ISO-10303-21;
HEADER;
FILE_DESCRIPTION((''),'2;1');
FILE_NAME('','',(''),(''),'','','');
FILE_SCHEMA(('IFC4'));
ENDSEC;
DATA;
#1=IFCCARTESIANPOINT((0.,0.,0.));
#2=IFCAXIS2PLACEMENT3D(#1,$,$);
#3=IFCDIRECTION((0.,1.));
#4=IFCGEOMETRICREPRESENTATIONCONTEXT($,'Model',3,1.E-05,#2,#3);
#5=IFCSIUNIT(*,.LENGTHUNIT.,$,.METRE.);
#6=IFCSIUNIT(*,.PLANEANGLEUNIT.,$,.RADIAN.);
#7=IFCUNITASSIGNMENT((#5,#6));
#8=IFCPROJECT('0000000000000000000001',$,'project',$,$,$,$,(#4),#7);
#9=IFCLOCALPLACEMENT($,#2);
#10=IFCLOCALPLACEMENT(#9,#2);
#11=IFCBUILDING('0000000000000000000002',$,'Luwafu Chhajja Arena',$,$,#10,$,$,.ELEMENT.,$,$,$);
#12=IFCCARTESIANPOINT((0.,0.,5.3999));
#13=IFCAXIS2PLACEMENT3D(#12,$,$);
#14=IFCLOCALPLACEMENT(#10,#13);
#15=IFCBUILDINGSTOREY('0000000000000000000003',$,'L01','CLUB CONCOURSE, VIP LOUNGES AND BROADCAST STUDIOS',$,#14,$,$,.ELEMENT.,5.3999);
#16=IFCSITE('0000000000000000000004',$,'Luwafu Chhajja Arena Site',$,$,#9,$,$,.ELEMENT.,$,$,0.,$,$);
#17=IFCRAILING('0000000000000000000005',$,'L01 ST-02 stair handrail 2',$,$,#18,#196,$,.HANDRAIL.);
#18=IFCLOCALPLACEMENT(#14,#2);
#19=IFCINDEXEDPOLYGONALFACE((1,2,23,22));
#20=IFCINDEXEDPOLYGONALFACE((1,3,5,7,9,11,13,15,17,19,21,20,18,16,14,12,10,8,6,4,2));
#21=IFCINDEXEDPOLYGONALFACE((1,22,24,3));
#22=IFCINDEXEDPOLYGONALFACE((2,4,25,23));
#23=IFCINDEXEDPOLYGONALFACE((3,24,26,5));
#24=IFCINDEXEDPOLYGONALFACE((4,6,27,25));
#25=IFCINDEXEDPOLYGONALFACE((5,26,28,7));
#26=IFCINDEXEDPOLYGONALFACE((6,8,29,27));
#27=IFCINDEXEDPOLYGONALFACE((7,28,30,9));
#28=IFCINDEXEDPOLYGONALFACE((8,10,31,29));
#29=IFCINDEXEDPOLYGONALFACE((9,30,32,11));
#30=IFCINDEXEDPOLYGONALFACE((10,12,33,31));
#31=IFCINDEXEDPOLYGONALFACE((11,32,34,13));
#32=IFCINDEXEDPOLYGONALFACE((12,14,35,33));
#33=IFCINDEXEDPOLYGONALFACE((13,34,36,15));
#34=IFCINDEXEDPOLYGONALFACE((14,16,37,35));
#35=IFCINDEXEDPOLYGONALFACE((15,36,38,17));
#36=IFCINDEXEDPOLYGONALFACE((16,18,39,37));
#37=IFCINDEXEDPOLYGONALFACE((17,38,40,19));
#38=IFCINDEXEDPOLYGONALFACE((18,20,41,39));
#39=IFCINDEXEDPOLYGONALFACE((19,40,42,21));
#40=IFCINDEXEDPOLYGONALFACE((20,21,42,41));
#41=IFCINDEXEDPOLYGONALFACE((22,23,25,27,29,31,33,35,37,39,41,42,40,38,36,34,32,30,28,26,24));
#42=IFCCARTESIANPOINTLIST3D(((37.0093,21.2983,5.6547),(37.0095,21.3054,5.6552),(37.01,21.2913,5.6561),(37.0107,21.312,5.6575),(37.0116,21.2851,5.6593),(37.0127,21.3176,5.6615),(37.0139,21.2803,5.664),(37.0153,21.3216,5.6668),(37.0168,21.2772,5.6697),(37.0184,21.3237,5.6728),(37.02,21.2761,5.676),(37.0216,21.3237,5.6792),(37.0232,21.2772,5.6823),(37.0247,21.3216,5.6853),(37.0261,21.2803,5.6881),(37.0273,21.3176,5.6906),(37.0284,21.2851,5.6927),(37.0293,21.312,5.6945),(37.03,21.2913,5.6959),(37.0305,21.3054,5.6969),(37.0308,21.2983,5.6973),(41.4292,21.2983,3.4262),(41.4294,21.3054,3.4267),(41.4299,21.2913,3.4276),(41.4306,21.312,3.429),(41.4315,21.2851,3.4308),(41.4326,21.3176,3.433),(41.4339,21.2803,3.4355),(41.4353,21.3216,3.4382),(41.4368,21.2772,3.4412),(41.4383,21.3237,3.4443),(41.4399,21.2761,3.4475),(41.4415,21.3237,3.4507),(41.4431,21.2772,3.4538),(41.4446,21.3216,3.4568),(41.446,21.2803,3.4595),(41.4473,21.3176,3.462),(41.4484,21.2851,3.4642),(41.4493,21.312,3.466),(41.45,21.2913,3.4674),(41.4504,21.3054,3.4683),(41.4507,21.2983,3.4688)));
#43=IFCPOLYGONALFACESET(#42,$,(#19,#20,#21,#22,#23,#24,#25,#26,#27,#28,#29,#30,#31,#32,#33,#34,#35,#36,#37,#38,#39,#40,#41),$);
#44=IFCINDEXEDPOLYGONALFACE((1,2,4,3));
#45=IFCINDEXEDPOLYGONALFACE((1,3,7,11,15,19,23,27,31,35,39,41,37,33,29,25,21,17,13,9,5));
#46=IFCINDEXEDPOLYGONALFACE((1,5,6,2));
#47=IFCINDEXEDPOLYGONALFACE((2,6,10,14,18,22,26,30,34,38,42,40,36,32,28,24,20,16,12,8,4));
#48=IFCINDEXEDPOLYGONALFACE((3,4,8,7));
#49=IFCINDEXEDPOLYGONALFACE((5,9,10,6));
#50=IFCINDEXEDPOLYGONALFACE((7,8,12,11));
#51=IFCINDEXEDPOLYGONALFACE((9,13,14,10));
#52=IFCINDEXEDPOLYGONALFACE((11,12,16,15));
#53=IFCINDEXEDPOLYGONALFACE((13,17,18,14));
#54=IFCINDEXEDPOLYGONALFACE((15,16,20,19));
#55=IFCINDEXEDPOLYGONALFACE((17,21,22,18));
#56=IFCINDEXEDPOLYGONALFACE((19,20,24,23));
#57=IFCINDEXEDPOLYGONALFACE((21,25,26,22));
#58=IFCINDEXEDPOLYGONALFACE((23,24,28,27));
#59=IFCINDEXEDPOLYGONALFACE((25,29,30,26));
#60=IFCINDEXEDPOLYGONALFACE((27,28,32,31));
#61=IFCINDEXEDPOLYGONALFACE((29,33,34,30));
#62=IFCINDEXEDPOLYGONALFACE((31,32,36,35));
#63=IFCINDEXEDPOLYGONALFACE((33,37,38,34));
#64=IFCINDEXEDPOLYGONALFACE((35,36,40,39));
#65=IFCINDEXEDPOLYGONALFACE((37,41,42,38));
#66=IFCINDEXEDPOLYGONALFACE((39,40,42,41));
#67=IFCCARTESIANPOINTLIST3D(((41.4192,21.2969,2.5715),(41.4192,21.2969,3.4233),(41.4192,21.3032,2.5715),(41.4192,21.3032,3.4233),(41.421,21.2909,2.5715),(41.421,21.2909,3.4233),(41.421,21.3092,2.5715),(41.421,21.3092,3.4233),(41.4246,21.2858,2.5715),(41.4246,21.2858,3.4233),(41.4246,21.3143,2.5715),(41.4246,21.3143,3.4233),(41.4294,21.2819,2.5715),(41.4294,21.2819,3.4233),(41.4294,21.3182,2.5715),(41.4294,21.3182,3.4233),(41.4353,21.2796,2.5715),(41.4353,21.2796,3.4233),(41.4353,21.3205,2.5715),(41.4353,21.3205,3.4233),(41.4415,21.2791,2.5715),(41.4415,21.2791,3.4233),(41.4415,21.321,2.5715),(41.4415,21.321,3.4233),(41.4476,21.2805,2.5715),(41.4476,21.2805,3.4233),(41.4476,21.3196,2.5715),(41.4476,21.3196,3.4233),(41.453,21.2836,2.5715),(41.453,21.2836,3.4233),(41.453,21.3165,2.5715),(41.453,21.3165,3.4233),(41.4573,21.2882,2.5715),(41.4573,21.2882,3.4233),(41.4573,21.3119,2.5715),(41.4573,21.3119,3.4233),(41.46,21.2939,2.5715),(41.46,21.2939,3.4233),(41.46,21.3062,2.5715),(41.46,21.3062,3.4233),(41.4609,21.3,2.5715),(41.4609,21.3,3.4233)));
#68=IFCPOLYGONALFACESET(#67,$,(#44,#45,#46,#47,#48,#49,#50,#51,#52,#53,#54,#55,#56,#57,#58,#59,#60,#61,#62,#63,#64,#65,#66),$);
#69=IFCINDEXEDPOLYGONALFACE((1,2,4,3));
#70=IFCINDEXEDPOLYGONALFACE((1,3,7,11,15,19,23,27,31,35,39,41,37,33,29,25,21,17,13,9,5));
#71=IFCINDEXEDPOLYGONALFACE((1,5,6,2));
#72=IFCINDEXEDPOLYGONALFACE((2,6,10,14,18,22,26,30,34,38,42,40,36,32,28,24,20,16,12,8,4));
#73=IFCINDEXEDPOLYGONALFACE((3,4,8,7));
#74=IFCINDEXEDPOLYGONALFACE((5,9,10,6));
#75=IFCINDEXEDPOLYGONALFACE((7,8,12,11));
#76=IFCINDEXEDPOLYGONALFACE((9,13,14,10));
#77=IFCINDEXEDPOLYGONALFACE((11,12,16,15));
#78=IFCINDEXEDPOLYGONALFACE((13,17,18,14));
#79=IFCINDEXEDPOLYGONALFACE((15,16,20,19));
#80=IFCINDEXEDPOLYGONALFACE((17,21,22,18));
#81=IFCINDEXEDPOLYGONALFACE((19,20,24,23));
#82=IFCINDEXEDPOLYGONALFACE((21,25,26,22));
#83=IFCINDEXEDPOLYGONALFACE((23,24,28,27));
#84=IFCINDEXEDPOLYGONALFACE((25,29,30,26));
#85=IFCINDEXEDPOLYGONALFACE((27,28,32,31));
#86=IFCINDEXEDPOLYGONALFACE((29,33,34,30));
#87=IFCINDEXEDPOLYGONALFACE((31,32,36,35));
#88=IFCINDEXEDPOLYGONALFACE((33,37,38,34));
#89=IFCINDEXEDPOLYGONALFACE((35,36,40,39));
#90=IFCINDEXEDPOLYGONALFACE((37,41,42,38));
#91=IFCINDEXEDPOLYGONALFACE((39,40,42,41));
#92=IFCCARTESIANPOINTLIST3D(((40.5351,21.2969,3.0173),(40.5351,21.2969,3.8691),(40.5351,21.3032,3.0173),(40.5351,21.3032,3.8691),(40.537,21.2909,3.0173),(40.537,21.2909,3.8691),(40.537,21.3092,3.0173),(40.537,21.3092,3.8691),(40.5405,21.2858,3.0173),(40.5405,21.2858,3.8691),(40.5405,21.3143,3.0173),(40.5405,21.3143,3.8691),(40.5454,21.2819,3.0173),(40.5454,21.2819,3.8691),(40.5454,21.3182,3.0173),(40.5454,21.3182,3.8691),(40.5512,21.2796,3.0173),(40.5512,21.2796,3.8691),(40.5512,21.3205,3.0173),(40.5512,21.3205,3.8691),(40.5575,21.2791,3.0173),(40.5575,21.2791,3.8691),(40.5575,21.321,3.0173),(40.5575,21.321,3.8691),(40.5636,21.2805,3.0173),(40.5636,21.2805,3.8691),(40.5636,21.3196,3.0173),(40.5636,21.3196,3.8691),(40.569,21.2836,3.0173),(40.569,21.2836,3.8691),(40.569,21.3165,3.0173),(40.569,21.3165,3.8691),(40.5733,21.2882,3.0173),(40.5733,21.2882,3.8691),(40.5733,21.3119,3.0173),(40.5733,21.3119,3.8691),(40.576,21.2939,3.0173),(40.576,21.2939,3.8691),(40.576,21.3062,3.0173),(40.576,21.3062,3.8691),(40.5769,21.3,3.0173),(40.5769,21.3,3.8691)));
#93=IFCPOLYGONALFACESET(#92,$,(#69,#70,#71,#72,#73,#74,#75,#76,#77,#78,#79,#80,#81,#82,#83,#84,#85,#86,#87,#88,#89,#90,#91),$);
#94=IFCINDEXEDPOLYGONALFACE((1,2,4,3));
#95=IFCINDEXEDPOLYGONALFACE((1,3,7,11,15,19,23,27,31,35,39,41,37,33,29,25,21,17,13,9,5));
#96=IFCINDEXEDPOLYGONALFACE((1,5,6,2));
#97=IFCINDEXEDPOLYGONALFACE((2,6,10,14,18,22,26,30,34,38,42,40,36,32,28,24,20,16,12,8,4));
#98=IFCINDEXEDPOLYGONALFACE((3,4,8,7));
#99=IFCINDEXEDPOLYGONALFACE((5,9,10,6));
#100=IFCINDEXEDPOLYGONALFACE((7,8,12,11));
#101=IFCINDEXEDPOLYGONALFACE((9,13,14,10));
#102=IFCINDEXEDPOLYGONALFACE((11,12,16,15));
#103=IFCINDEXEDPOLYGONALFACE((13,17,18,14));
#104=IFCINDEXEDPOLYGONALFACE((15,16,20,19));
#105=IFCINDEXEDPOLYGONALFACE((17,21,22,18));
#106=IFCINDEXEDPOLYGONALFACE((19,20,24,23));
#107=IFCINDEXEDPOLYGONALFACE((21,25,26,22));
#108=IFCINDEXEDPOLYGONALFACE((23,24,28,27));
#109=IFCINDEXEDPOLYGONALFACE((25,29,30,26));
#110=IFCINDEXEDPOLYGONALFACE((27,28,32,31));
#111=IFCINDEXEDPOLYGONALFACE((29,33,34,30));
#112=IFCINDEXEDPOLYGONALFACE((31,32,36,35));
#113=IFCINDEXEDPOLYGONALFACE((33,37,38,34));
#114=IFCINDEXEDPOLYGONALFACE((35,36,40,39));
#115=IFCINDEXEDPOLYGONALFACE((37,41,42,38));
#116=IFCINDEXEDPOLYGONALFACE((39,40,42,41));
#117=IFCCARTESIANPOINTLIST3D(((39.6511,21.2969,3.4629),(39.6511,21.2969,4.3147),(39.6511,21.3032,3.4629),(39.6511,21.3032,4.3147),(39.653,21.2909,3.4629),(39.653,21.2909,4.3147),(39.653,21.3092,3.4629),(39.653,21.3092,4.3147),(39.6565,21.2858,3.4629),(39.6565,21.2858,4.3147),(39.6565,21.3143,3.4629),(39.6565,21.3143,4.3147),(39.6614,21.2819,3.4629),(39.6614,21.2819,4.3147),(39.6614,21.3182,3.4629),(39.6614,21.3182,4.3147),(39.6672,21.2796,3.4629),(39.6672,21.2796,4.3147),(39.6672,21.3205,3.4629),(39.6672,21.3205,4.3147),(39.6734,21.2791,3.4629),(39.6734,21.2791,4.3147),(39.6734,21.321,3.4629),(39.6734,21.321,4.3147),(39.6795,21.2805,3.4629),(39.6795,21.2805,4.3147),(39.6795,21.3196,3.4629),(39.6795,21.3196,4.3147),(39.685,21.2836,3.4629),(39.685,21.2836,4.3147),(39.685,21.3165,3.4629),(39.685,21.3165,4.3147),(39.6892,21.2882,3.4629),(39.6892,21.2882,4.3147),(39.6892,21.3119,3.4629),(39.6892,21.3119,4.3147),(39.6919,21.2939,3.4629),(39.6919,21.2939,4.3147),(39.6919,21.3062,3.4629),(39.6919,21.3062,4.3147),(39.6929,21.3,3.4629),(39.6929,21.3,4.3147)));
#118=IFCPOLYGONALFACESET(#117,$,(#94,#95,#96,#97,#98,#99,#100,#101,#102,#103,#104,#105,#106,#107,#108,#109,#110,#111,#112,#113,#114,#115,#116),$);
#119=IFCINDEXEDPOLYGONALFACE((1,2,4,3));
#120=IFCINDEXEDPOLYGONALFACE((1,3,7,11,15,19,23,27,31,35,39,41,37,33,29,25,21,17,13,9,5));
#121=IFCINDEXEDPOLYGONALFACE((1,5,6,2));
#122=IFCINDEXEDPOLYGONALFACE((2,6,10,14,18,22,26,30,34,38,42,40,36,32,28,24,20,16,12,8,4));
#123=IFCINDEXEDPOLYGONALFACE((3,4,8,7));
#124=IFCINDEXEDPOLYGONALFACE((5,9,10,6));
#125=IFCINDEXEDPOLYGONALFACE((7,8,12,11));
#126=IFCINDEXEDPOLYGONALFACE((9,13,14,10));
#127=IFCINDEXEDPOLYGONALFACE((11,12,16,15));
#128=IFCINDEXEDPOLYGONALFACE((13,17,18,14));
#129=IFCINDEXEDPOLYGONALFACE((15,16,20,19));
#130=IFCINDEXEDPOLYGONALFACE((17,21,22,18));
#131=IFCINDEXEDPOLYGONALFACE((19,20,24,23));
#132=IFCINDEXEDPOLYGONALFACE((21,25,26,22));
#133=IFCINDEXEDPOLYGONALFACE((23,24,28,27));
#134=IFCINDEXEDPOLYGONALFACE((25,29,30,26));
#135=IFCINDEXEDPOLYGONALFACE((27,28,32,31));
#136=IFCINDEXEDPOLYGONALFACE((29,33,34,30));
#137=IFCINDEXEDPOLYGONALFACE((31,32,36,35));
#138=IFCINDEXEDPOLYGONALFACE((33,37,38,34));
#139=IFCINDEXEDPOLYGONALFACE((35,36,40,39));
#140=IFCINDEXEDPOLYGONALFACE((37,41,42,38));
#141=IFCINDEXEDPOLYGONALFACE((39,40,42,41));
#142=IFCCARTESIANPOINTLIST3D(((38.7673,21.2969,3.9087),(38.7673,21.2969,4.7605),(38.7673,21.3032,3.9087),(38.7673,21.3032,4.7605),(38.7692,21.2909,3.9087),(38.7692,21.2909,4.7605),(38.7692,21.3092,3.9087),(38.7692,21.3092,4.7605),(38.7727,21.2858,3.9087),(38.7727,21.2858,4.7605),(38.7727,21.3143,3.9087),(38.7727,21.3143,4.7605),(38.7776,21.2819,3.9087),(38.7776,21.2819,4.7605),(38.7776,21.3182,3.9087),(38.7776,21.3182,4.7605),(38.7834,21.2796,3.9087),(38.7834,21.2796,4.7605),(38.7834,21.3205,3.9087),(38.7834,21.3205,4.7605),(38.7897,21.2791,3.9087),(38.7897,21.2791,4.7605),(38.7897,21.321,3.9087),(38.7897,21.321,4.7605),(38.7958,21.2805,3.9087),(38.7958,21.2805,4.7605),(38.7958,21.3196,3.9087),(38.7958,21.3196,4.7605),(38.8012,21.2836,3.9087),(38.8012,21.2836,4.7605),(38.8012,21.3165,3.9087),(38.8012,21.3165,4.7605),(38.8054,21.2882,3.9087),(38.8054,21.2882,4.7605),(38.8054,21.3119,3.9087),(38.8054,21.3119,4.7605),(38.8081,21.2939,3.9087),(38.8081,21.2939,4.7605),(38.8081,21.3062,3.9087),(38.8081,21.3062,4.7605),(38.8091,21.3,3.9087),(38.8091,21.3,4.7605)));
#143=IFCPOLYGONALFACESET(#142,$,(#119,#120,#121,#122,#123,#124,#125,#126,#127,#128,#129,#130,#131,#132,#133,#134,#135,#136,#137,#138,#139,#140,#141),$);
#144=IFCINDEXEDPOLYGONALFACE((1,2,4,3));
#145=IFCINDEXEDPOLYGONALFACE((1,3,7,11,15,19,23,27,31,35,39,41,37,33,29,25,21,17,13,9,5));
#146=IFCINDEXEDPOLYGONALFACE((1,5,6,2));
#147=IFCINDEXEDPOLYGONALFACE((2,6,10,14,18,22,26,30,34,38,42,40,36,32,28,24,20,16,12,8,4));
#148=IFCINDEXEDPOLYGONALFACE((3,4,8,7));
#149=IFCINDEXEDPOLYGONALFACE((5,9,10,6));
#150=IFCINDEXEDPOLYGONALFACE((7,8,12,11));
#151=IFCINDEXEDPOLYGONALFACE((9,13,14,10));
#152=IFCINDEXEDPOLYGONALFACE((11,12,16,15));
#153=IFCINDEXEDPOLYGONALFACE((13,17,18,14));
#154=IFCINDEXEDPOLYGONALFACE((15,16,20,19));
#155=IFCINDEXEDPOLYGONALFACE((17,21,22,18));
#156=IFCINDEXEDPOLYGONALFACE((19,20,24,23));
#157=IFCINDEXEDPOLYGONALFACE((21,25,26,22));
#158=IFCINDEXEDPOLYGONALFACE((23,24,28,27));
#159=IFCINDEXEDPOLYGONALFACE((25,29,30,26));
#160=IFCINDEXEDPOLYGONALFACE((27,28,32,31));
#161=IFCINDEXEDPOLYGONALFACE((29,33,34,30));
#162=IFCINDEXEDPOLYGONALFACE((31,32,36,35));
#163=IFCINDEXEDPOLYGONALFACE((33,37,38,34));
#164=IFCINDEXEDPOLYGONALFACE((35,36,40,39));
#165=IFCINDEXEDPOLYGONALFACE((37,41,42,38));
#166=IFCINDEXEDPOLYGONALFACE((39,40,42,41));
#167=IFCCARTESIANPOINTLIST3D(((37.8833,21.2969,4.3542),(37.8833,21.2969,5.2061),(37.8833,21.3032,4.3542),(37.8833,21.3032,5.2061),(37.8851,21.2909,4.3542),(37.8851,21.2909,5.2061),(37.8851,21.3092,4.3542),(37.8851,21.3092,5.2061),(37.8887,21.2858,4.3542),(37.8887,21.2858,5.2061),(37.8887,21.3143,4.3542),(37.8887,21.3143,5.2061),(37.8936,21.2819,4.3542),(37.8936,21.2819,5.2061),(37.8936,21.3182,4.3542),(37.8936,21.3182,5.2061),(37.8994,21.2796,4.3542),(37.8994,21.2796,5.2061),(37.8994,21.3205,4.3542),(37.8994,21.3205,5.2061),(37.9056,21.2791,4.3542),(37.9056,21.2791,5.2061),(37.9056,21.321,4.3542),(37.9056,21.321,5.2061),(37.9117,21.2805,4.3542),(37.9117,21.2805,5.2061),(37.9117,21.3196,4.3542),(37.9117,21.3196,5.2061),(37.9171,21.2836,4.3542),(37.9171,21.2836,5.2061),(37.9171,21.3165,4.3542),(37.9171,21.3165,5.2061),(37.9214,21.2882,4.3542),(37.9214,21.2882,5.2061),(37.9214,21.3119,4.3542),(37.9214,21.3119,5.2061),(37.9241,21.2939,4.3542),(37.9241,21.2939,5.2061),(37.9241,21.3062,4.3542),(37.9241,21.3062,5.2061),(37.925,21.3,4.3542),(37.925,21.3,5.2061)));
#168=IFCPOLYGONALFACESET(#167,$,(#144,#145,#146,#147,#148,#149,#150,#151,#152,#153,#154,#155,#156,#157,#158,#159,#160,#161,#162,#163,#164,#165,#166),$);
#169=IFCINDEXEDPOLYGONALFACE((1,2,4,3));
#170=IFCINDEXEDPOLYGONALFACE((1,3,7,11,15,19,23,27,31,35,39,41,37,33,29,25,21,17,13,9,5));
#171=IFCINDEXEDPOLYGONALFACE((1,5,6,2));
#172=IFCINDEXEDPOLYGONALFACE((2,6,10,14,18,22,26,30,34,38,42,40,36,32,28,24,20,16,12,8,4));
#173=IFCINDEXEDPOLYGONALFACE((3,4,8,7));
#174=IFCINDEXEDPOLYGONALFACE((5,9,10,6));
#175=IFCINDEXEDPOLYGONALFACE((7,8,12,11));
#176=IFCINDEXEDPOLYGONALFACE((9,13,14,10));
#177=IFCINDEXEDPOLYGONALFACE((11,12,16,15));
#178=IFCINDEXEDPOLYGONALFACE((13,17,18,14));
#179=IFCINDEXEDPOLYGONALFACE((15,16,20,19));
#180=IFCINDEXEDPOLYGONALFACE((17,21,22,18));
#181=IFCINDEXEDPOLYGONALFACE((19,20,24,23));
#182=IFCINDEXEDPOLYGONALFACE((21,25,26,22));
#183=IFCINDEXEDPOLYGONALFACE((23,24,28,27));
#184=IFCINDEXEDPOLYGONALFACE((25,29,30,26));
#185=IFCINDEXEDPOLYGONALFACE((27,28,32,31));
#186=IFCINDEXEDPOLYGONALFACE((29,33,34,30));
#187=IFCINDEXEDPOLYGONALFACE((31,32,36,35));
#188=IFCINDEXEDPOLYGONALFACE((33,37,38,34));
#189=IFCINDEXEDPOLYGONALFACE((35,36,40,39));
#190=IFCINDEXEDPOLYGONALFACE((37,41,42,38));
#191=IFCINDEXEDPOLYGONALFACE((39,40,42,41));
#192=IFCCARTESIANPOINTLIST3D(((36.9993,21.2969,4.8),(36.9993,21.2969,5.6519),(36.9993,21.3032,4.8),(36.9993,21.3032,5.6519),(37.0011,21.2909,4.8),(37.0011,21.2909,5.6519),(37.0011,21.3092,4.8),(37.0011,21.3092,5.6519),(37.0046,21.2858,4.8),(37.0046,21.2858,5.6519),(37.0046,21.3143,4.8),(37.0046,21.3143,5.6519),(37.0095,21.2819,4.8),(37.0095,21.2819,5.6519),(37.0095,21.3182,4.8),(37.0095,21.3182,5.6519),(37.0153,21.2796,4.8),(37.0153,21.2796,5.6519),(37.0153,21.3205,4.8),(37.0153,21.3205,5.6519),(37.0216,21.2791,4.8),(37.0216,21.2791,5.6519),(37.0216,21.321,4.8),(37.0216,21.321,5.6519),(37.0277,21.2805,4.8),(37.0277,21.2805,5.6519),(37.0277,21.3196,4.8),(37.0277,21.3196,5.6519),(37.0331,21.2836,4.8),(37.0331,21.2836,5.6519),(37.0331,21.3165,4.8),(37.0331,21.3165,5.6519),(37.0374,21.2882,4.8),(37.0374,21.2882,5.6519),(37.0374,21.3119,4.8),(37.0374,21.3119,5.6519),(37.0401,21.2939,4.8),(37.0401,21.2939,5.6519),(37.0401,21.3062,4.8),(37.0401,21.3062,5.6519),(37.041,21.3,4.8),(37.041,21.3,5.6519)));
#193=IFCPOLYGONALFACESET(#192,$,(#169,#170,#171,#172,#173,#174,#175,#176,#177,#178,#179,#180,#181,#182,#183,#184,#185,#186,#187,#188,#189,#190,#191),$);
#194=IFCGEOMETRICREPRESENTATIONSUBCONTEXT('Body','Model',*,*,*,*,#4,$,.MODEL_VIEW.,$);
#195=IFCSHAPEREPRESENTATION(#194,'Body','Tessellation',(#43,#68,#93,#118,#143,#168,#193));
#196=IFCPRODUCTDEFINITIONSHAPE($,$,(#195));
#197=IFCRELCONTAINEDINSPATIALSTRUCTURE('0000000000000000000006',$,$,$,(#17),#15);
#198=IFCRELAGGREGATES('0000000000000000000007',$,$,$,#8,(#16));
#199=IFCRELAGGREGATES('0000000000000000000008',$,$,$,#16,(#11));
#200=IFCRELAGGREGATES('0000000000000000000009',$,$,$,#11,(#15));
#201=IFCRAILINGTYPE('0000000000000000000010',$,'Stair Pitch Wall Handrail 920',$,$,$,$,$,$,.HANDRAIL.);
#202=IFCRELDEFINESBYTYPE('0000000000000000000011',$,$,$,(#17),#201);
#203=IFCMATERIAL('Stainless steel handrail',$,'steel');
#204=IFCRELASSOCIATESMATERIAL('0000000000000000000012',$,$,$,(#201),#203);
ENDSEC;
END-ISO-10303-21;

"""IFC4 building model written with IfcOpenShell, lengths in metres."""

from ifc_helpers import new_model, si_unit, direction, frame, origin, origin_2d, place, context, subcontext, project, spatial, circle, extrude, material, type_object, element, save


model = new_model("IFC4")

# Units and contexts
model_context = context("Model", 3, precision=1e-05, world=origin(), true_north=direction((0.0, 1.0)))
body_context = subcontext(model_context, "Body", "Model", "MODEL_VIEW")
ifc_project = project(units=[si_unit("LENGTHUNIT", "METRE"), si_unit("PLANEANGLEUNIT", "RADIAN")], contexts=[model_context])

# Site, building, storey
site_placement = place(None, origin())
site = spatial("IfcSite", under=ifc_project, at=site_placement, Name="Luwafu Chhajja Arena Site", CompositionType="ELEMENT", RefElevation=0.0)
building_placement = place(site_placement, origin())
building = spatial("IfcBuilding", under=site, at=building_placement, Name="Luwafu Chhajja Arena", CompositionType="ELEMENT")
storey_placement = place(building_placement, frame((0.0, 0.0, 5.3999)))
storey = spatial("IfcBuildingStorey", under=building, at=storey_placement, Name="L01", Description="CLUB CONCOURSE, VIP LOUNGES AND BROADCAST STUDIOS", CompositionType="ELEMENT", Elevation=5.3999)

# Railing
ifc_material_1 = material(Name="Stainless steel handrail", Category="steel")
railing_type_1 = type_object("IfcRailingType", Name="Stair Pitch Wall Handrail 920", PredefinedType="HANDRAIL", material=ifc_material_1)
railing_1_placement = place(storey_placement, frame((41.4399, 21.3, 2.5715)))
element("IfcRailing", 1, at=railing_1_placement, inside=storey, type_object=railing_type_1, Name="L01 ST-02 stair handrail 2", PredefinedType="HANDRAIL", context=body_context, shape_type="SweptSolid", body=[
    extrude(circle(Radius=0.0239, at=origin_2d()), frame((0.0, 0.0, 0.876), z_axis=(-0.892923, 0.0, 0.45021), x_axis=(0.0, -1.0, 0.0)), (0.0, 0.0, 1.0), 4.95),
    extrude(circle(Radius=0.021, at=origin_2d()), origin(), (0.0, 0.0, 1.0), 0.8518),
    extrude(circle(Radius=0.021, at=origin_2d()), frame((-0.884, 0.0, 0.4458)), (0.0, 0.0, 1.0), 0.8518),
    extrude(circle(Radius=0.021, at=origin_2d()), frame((-1.7681, 0.0, 0.8914)), (0.0, 0.0, 1.0), 0.8518),
    extrude(circle(Radius=0.021, at=origin_2d()), frame((-2.6519, 0.0, 1.3372)), (0.0, 0.0, 1.0), 0.8518),
    extrude(circle(Radius=0.021, at=origin_2d()), frame((-3.5359, 0.0, 1.7827)), (0.0, 0.0, 1.0), 0.8518),
    extrude(circle(Radius=0.021, at=origin_2d()), frame((-4.4199, 0.0, 2.2285)), (0.0, 0.0, 1.0), 0.8518),
])

save(model, "model.ifc")
